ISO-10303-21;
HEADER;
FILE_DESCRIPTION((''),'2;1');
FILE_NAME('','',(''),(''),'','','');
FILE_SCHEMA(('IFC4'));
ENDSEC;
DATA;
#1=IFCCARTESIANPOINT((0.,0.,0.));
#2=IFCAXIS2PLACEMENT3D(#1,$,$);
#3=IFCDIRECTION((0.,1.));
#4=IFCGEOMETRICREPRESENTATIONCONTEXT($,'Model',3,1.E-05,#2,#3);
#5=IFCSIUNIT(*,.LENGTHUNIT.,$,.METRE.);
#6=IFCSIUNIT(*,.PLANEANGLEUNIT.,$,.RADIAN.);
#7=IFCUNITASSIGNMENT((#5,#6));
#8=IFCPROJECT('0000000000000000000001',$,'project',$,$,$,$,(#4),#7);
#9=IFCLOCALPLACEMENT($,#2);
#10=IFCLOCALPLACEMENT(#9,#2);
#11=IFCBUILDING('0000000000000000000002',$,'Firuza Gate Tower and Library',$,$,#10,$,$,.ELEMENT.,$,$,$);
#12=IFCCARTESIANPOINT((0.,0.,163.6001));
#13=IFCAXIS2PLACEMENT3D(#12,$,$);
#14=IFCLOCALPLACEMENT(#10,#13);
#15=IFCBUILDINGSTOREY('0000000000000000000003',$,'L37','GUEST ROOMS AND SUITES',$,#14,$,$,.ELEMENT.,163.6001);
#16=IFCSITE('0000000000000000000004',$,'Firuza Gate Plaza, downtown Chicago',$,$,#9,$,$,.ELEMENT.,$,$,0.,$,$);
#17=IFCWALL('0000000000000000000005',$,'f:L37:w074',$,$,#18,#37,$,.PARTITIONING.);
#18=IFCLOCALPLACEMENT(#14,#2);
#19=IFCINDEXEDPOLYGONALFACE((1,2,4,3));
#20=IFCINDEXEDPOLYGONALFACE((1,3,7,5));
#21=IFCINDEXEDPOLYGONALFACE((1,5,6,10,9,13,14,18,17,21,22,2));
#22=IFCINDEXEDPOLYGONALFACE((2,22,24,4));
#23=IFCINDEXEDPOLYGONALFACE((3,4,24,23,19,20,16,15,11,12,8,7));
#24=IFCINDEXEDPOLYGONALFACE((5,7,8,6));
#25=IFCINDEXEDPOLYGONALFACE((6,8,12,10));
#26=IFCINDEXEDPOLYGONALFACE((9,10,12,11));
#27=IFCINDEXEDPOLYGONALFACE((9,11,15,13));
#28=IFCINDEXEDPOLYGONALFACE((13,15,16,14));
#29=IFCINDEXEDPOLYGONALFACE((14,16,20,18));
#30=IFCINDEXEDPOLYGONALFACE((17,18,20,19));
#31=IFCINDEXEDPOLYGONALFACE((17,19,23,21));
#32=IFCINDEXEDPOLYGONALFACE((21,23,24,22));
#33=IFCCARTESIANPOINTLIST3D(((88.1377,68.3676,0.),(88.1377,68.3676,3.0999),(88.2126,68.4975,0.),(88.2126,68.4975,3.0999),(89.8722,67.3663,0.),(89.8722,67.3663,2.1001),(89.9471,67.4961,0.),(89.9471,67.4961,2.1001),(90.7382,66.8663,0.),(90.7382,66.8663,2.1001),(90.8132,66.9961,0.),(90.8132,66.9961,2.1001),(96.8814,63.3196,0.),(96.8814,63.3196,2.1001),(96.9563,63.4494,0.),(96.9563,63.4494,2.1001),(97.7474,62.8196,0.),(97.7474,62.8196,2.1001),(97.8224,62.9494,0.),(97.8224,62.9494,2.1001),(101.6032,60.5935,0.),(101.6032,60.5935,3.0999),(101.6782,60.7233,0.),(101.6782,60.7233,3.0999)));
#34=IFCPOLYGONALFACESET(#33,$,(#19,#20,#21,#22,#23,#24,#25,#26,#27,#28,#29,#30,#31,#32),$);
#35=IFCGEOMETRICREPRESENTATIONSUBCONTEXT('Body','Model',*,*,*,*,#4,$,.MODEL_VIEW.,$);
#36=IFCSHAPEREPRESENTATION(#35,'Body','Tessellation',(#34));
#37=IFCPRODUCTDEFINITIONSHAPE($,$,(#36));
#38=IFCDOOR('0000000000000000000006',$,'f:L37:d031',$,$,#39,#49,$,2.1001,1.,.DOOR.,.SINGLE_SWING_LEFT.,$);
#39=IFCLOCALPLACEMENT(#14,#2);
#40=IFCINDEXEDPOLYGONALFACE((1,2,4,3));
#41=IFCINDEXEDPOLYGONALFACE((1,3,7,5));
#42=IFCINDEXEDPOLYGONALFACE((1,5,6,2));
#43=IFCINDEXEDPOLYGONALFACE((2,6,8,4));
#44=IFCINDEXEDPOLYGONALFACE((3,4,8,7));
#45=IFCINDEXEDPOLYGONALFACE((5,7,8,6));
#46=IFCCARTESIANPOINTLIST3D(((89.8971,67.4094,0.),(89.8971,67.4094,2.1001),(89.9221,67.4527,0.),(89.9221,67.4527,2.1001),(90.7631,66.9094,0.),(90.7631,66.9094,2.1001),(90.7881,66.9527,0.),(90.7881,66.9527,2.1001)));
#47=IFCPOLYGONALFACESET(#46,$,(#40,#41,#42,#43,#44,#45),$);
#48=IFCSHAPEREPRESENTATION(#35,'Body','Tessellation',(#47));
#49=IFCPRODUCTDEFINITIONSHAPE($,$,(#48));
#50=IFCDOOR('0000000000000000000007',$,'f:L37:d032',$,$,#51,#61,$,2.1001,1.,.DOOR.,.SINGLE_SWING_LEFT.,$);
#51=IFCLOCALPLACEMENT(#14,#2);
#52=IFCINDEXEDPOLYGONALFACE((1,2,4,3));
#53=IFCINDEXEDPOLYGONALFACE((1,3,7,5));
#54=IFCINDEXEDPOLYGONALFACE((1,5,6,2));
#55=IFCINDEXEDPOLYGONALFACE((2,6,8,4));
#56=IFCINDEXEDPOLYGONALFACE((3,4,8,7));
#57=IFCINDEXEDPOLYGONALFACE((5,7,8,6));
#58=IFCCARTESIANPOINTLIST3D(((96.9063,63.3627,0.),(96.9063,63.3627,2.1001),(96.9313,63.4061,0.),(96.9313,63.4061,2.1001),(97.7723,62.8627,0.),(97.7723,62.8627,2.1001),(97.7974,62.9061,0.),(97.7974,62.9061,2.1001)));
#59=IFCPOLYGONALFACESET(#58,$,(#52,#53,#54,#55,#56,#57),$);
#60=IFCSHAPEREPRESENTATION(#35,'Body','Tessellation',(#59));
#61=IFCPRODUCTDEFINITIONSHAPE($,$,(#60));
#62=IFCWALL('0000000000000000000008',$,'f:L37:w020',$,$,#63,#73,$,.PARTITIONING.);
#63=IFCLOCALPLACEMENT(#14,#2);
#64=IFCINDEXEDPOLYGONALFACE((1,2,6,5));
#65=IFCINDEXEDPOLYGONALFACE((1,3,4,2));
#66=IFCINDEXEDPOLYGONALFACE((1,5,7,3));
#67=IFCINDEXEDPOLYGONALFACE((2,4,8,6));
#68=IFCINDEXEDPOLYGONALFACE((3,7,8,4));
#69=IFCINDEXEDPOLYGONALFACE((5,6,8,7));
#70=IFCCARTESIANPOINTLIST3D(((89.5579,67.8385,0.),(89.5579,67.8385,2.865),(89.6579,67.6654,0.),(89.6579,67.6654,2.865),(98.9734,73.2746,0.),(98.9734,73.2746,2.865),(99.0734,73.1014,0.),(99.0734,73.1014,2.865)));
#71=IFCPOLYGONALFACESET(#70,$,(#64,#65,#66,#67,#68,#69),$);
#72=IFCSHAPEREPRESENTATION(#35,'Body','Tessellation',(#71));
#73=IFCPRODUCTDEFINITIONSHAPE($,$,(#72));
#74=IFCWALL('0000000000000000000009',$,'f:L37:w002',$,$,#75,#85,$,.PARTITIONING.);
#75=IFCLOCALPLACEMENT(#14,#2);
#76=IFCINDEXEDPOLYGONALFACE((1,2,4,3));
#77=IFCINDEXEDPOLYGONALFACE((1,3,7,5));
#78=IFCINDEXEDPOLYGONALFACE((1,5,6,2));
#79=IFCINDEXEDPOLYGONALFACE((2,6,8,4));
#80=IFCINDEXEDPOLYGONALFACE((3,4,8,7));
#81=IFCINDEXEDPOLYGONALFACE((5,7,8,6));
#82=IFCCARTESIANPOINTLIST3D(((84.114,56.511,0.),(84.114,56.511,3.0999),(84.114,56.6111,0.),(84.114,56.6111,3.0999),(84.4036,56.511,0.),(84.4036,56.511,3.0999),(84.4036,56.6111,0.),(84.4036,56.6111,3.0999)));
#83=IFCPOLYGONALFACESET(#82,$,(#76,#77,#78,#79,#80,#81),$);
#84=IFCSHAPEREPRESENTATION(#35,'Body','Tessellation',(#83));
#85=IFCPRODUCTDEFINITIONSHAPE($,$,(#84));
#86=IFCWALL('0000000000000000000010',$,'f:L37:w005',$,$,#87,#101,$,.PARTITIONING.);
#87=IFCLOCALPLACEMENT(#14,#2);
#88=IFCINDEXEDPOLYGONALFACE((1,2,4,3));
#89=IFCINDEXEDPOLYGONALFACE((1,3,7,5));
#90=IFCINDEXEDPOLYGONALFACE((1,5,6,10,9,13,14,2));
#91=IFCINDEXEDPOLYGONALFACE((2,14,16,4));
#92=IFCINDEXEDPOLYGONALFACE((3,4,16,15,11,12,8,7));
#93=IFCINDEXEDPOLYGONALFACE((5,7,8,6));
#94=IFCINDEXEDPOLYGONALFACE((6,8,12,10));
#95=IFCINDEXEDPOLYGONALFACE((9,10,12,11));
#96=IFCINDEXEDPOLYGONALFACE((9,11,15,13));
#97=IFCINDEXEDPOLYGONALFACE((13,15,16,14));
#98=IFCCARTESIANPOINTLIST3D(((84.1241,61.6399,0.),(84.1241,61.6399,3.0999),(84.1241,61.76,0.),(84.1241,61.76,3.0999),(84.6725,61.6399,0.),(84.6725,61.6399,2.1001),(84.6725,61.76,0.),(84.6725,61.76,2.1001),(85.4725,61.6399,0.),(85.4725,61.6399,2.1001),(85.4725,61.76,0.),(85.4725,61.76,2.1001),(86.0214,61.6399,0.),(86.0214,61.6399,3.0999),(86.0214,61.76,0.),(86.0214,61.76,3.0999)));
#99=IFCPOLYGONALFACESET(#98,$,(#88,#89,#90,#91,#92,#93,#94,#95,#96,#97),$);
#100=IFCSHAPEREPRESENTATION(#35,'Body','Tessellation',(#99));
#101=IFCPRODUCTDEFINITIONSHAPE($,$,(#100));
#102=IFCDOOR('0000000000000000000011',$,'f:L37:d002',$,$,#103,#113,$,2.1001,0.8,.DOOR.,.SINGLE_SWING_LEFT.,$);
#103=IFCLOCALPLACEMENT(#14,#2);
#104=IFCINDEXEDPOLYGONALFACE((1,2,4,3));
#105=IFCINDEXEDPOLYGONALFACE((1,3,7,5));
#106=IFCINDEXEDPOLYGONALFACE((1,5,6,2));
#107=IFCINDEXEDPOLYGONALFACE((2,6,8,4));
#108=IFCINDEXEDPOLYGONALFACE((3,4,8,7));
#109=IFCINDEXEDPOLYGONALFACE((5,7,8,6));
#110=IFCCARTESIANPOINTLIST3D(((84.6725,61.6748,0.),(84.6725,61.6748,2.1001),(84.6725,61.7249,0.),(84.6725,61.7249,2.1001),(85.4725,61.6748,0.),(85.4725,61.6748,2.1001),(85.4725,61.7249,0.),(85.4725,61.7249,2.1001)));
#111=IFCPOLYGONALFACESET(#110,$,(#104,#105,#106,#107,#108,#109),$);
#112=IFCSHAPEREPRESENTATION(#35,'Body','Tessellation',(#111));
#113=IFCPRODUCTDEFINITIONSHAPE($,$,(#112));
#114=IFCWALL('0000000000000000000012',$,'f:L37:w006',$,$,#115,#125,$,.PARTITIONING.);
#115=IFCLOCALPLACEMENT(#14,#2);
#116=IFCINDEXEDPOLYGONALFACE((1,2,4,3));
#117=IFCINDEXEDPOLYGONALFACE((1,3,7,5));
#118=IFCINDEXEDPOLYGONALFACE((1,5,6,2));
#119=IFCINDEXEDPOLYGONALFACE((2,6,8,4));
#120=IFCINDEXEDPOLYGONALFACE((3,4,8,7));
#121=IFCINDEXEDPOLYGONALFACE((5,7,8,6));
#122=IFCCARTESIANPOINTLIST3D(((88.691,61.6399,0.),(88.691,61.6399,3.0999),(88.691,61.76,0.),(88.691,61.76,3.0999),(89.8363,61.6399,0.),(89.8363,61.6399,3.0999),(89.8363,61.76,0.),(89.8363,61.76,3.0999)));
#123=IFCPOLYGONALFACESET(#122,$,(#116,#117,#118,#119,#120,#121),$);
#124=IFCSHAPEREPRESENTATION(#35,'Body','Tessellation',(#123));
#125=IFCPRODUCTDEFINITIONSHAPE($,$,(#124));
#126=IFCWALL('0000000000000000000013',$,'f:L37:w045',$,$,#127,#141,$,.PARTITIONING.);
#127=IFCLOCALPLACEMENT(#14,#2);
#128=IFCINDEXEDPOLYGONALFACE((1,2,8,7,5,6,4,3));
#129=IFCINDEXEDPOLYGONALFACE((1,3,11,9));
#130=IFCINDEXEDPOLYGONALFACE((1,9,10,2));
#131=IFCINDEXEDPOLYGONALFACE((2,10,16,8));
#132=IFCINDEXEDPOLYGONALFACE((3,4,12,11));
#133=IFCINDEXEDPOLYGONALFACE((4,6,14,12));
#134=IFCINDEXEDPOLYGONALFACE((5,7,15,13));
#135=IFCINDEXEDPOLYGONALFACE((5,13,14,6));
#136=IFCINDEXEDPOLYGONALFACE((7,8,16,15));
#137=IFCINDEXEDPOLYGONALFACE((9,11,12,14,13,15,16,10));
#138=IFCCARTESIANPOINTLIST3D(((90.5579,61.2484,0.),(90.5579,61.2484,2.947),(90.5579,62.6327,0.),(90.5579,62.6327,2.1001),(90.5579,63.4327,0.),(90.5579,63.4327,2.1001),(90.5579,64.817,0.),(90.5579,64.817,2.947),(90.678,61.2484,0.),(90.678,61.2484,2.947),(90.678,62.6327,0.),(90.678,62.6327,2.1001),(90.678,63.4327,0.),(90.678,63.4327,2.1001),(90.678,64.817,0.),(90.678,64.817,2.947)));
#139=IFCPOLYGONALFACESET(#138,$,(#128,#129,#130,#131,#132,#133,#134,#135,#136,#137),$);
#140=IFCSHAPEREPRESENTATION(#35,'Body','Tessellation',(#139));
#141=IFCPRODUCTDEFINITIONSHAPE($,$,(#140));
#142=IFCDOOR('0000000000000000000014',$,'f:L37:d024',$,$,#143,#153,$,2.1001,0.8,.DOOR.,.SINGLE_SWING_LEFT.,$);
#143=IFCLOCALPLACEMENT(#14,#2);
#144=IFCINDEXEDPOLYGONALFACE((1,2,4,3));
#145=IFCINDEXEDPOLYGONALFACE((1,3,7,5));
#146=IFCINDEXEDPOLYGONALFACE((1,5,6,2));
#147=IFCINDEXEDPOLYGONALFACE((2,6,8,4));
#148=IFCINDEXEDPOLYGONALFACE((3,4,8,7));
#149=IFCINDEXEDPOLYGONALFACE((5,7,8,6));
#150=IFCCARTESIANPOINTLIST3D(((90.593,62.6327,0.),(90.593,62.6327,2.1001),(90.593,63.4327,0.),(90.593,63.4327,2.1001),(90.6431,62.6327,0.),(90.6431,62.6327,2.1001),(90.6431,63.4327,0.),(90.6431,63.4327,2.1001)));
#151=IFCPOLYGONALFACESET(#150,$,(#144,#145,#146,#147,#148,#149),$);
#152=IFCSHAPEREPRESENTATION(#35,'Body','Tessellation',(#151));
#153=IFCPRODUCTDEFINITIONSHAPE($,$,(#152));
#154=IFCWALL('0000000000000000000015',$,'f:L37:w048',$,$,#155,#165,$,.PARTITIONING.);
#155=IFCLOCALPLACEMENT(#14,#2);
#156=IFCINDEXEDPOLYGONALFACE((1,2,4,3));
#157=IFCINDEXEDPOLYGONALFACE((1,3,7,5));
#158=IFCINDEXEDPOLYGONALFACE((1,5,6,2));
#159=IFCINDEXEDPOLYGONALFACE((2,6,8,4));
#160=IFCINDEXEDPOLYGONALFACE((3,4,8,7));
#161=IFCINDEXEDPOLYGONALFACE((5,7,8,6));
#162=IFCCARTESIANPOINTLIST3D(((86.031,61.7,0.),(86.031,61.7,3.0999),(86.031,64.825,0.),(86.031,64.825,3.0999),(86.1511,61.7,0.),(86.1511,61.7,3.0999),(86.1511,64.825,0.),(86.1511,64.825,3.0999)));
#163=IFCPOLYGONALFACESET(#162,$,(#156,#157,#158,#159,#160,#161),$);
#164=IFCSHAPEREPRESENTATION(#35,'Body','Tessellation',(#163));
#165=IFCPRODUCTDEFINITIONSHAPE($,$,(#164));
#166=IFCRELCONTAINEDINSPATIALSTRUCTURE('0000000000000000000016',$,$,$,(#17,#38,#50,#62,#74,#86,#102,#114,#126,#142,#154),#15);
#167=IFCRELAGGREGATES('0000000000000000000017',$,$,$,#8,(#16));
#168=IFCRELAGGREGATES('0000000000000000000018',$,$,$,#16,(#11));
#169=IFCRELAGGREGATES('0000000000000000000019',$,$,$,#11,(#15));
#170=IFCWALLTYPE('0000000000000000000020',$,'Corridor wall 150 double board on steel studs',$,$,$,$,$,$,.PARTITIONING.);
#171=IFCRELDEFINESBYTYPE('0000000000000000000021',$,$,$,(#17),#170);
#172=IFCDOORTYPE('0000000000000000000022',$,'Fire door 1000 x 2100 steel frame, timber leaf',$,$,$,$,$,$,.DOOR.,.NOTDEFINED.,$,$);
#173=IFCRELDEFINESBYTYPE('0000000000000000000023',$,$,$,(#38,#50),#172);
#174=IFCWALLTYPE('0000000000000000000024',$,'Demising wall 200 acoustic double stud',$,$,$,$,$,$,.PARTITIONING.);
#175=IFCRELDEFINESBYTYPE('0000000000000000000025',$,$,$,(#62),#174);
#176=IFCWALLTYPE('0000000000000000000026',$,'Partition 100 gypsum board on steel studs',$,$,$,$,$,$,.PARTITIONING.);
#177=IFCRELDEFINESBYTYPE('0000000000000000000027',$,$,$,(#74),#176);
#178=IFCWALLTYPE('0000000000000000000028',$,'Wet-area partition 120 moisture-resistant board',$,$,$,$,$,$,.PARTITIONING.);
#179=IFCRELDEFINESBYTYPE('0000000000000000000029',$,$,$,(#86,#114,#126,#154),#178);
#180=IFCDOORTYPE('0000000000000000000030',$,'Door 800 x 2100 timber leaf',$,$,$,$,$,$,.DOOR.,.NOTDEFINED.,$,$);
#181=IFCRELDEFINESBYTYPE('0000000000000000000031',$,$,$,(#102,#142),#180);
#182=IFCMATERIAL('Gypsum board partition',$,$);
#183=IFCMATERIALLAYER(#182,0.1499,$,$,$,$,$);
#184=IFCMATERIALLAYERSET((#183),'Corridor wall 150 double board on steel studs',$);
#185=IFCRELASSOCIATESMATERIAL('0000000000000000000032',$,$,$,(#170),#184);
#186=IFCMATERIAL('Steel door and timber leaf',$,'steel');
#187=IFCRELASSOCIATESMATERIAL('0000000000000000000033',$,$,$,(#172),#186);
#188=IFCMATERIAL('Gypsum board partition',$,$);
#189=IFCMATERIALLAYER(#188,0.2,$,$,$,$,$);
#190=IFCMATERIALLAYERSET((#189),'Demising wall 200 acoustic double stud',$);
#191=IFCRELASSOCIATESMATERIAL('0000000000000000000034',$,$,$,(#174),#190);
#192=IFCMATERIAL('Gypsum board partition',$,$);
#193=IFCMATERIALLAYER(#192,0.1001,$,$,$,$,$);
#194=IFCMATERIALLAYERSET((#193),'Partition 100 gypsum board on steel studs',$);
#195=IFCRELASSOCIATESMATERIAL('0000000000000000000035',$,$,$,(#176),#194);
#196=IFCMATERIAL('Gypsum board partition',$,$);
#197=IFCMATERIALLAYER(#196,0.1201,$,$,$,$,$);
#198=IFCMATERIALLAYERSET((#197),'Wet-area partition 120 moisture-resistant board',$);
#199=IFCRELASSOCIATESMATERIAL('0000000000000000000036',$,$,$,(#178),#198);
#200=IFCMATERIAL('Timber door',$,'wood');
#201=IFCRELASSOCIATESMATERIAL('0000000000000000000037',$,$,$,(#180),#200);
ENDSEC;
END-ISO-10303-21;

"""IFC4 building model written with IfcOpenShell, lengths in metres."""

from ifc_helpers import new_model, si_unit, direction, frame, frame_2d, origin, place, context, subcontext, project, spatial, rectangle, extrude, material, layer, layer_set, type_object, element, fill, save


model = new_model("IFC4")

# Units and contexts
model_context = context("Model", 3, precision=1e-05, world=origin(), true_north=direction((0.0, 1.0)))
body_context = subcontext(model_context, "Body", "Model", "MODEL_VIEW")
ifc_project = project(units=[si_unit("LENGTHUNIT", "METRE"), si_unit("PLANEANGLEUNIT", "RADIAN")], contexts=[model_context])

# Site, building, storey
site_placement = place(None, origin())
site = spatial("IfcSite", under=ifc_project, at=site_placement, Name="Firuza Gate Plaza, downtown Chicago", CompositionType="ELEMENT", RefElevation=0.0)
building_placement = place(site_placement, origin())
building = spatial("IfcBuilding", under=site, at=building_placement, Name="Firuza Gate Tower and Library", CompositionType="ELEMENT")
storey_placement = place(building_placement, frame((0.0, 0.0, 163.6001)))
storey = spatial("IfcBuildingStorey", under=building, at=storey_placement, Name="L37", Description="GUEST ROOMS AND SUITES", CompositionType="ELEMENT", Elevation=163.6001)

# Shared definitions
ifc_material_1 = material(Name="Gypsum board partition")
ifc_layer_1 = layer(ifc_material_1, 0.1499)
ifc_layer_set_1 = layer_set([ifc_layer_1], Name="Corridor wall 150 double board on steel studs")
wall_type_1 = type_object("IfcWallType", Name="Corridor wall 150 double board on steel studs", PredefinedType="PARTITIONING", material=ifc_layer_set_1)
ifc_material_2 = material(Name="Steel door and timber leaf", Category="steel")
door_type_1 = type_object("IfcDoorType", Name="Fire door 1000 x 2100 steel frame, timber leaf", OperationType="NOTDEFINED", PredefinedType="DOOR", material=ifc_material_2)

# Wall, openings, doors
wall_1_placement = place(storey_placement, frame((88.175, 68.4326, 0.0), z_axis=(0.0, 0.0, 1.0), x_axis=(0.866031, -0.499991, 0.0)))
wall_1 = element("IfcWall", 1, at=wall_1_placement, inside=storey, type_object=wall_type_1, Name="f:L37:w074", PredefinedType="PARTITIONING", context=body_context, shape_type="SweptSolid", body=[
    extrude(rectangle(XDim=15.5486, YDim=0.1499, at=frame_2d((7.7744, 0.0))), origin(), (0.0, 0.0, 1.0), 3.0999),
])
opening_1_placement = place(wall_1_placement, frame((2.0029, 0.0, 0.0)))
opening_1 = element("IfcOpeningElement", 2, at=opening_1_placement, cuts=wall_1, PredefinedType="OPENING", context=body_context, shape_type="SweptSolid", body=[
    extrude(rectangle(XDim=1.0, YDim=2.1001, at=frame_2d((0.5, 1.05))), frame((0.0, 0.085, 0.0), z_axis=(0.0, -1.0, 0.0), x_axis=(1.0, 0.0, 0.0)), (0.0, 0.0, 1.0), 0.1699),
])
opening_2_placement = place(wall_1_placement, frame((10.0964, 0.0, 0.0)))
opening_2 = element("IfcOpeningElement", 3, at=opening_2_placement, cuts=wall_1, PredefinedType="OPENING", context=body_context, shape_type="SweptSolid", body=[
    extrude(rectangle(XDim=1.0, YDim=2.1001, at=frame_2d((0.5, 1.05))), frame((0.0, 0.085, 0.0), z_axis=(0.0, -1.0, 0.0), x_axis=(1.0, 0.0, 0.0)), (0.0, 0.0, 1.0), 0.1699),
])
door_1_placement = place(opening_1_placement, origin())
door_1 = element("IfcDoor", 4, at=door_1_placement, inside=storey, type_object=door_type_1, Name="f:L37:d031", OperationType="SINGLE_SWING_LEFT", OverallHeight=2.1001, OverallWidth=1.0, PredefinedType="DOOR", context=body_context, shape_type="SweptSolid", body=[
    extrude(rectangle(XDim=1.0, YDim=2.1001, at=frame_2d((0.5, 1.05))), frame((0.0, 0.0249, 0.0), z_axis=(0.0, -1.0, 0.0), x_axis=(1.0, 0.0, 0.0)), (0.0, 0.0, 1.0), 0.05),
])
fill(opening_1, door_1)
door_2_placement = place(opening_2_placement, origin())
door_2 = element("IfcDoor", 5, at=door_2_placement, inside=storey, type_object=door_type_1, Name="f:L37:d032", OperationType="SINGLE_SWING_LEFT", OverallHeight=2.1001, OverallWidth=1.0, PredefinedType="DOOR", context=body_context, shape_type="SweptSolid", body=[
    extrude(rectangle(XDim=1.0, YDim=2.1001, at=frame_2d((0.5, 1.05))), frame((0.0, 0.0249, 0.0), z_axis=(0.0, -1.0, 0.0), x_axis=(1.0, 0.0, 0.0)), (0.0, 0.0, 1.0), 0.05),
])
fill(opening_2, door_2)

# Walls
ifc_material_3 = material(Name="Gypsum board partition")
ifc_layer_2 = layer(ifc_material_3, 0.2)
ifc_layer_set_2 = layer_set([ifc_layer_2], Name="Demising wall 200 acoustic double stud")
wall_type_2 = type_object("IfcWallType", Name="Demising wall 200 acoustic double stud", PredefinedType="PARTITIONING", material=ifc_layer_set_2)
wall_2_placement = place(storey_placement, frame((89.6079, 67.752, 0.0), z_axis=(0.0, 0.0, 1.0), x_axis=(0.866026, 0.499998, 0.0)))
element("IfcWall", 6, at=wall_2_placement, inside=storey, type_object=wall_type_2, Name="f:L37:w020", PredefinedType="PARTITIONING", context=body_context, shape_type="SweptSolid", body=[
    extrude(rectangle(XDim=10.8721, YDim=0.2, at=frame_2d((5.436, 0.0))), origin(), (0.0, 0.0, 1.0), 2.865),
])
ifc_material_4 = material(Name="Gypsum board partition")
ifc_layer_3 = layer(ifc_material_4, 0.1001)
ifc_layer_set_3 = layer_set([ifc_layer_3], Name="Partition 100 gypsum board on steel studs")
wall_type_3 = type_object("IfcWallType", Name="Partition 100 gypsum board on steel studs", PredefinedType="PARTITIONING", material=ifc_layer_set_3)
wall_3_placement = place(storey_placement, frame((84.114, 56.561, 0.0), z_axis=(0.0, 0.0, 1.0), x_axis=(1.0, 0.0, 0.0)))
element("IfcWall", 7, at=wall_3_placement, inside=storey, type_object=wall_type_3, Name="f:L37:w002", PredefinedType="PARTITIONING", context=body_context, shape_type="SweptSolid", body=[
    extrude(rectangle(XDim=0.2896, YDim=0.1001, at=frame_2d((0.1448, 0.0))), origin(), (0.0, 0.0, 1.0), 3.0999),
])

# Wall, opening, door
ifc_material_5 = material(Name="Gypsum board partition")
ifc_layer_4 = layer(ifc_material_5, 0.1201)
ifc_layer_set_4 = layer_set([ifc_layer_4], Name="Wet-area partition 120 moisture-resistant board")
wall_type_4 = type_object("IfcWallType", Name="Wet-area partition 120 moisture-resistant board", PredefinedType="PARTITIONING", material=ifc_layer_set_4)
wall_4_placement = place(storey_placement, frame((84.124, 61.7, 0.0), z_axis=(0.0, 0.0, 1.0), x_axis=(1.0, 0.0, 0.0)))
wall_4 = element("IfcWall", 8, at=wall_4_placement, inside=storey, type_object=wall_type_4, Name="f:L37:w005", PredefinedType="PARTITIONING", context=body_context, shape_type="SweptSolid", body=[
    extrude(rectangle(XDim=1.8972, YDim=0.1201, at=frame_2d((0.9487, 0.0))), origin(), (0.0, 0.0, 1.0), 3.0999),
])
opening_3_placement = place(wall_4_placement, frame((0.5486, 0.0, 0.0)))
opening_3 = element("IfcOpeningElement", 9, at=opening_3_placement, cuts=wall_4, PredefinedType="OPENING", context=body_context, shape_type="SweptSolid", body=[
    extrude(rectangle(XDim=0.8, YDim=2.1001, at=frame_2d((0.3999, 1.05))), frame((0.0, 0.0701, 0.0), z_axis=(0.0, -1.0, 0.0), x_axis=(1.0, 0.0, 0.0)), (0.0, 0.0, 1.0), 0.1401),
])
ifc_material_6 = material(Name="Timber door", Category="wood")
door_type_2 = type_object("IfcDoorType", Name="Door 800 x 2100 timber leaf", OperationType="NOTDEFINED", PredefinedType="DOOR", material=ifc_material_6)
door_3_placement = place(opening_3_placement, origin())
door_3 = element("IfcDoor", 10, at=door_3_placement, inside=storey, type_object=door_type_2, Name="f:L37:d002", OperationType="SINGLE_SWING_LEFT", OverallHeight=2.1001, OverallWidth=0.8, PredefinedType="DOOR", context=body_context, shape_type="SweptSolid", body=[
    extrude(rectangle(XDim=0.8, YDim=2.1001, at=frame_2d((0.3999, 1.05))), frame((0.0, 0.0249, 0.0), z_axis=(0.0, -1.0, 0.0), x_axis=(1.0, 0.0, 0.0)), (0.0, 0.0, 1.0), 0.05),
])
fill(opening_3, door_3)

# Wall
wall_5_placement = place(storey_placement, frame((88.6909, 61.7, 0.0), z_axis=(0.0, 0.0, 1.0), x_axis=(1.0, 0.0, 0.0)))
element("IfcWall", 11, at=wall_5_placement, inside=storey, type_object=wall_type_4, Name="f:L37:w006", PredefinedType="PARTITIONING", context=body_context, shape_type="SweptSolid", body=[
    extrude(rectangle(XDim=1.1453, YDim=0.1201, at=frame_2d((0.5728, 0.0))), origin(), (0.0, 0.0, 1.0), 3.0999),
])

# Wall, opening, door
wall_6_placement = place(storey_placement, frame((90.6179, 61.2485, 0.0), z_axis=(0.0, 0.0, 1.0), x_axis=(0.0, 1.0, 0.0)))
wall_6 = element("IfcWall", 12, at=wall_6_placement, inside=storey, type_object=wall_type_4, Name="f:L37:w045", PredefinedType="PARTITIONING", context=body_context, shape_type="SweptSolid", body=[
    extrude(rectangle(XDim=3.5686, YDim=0.1201, at=frame_2d((1.7842, 0.0))), origin(), (0.0, 0.0, 1.0), 2.947),
])
opening_4_placement = place(wall_6_placement, frame((1.3843, 0.0, 0.0)))
opening_4 = element("IfcOpeningElement", 13, at=opening_4_placement, cuts=wall_6, PredefinedType="OPENING", context=body_context, shape_type="SweptSolid", body=[
    extrude(rectangle(XDim=0.8, YDim=2.1001, at=frame_2d((0.3999, 1.05))), frame((0.0, 0.0701, 0.0), z_axis=(0.0, -1.0, 0.0), x_axis=(1.0, 0.0, 0.0)), (0.0, 0.0, 1.0), 0.1401),
])
door_4_placement = place(opening_4_placement, origin())
door_4 = element("IfcDoor", 14, at=door_4_placement, inside=storey, type_object=door_type_2, Name="f:L37:d024", OperationType="SINGLE_SWING_LEFT", OverallHeight=2.1001, OverallWidth=0.8, PredefinedType="DOOR", context=body_context, shape_type="SweptSolid", body=[
    extrude(rectangle(XDim=0.8, YDim=2.1001, at=frame_2d((0.3999, 1.05))), frame((0.0, 0.0249, 0.0), z_axis=(0.0, -1.0, 0.0), x_axis=(1.0, 0.0, 0.0)), (0.0, 0.0, 1.0), 0.05),
])
fill(opening_4, door_4)

# Wall
wall_7_placement = place(storey_placement, frame((86.0911, 61.7, 0.0), z_axis=(0.0, 0.0, 1.0), x_axis=(0.0, 1.0, 0.0)))
element("IfcWall", 15, at=wall_7_placement, inside=storey, type_object=wall_type_4, Name="f:L37:w048", PredefinedType="PARTITIONING", context=body_context, shape_type="SweptSolid", body=[
    extrude(rectangle(XDim=3.125, YDim=0.1201, at=frame_2d((1.5625, 0.0))), origin(), (0.0, 0.0, 1.0), 3.0999),
])

save(model, "model.ifc")
